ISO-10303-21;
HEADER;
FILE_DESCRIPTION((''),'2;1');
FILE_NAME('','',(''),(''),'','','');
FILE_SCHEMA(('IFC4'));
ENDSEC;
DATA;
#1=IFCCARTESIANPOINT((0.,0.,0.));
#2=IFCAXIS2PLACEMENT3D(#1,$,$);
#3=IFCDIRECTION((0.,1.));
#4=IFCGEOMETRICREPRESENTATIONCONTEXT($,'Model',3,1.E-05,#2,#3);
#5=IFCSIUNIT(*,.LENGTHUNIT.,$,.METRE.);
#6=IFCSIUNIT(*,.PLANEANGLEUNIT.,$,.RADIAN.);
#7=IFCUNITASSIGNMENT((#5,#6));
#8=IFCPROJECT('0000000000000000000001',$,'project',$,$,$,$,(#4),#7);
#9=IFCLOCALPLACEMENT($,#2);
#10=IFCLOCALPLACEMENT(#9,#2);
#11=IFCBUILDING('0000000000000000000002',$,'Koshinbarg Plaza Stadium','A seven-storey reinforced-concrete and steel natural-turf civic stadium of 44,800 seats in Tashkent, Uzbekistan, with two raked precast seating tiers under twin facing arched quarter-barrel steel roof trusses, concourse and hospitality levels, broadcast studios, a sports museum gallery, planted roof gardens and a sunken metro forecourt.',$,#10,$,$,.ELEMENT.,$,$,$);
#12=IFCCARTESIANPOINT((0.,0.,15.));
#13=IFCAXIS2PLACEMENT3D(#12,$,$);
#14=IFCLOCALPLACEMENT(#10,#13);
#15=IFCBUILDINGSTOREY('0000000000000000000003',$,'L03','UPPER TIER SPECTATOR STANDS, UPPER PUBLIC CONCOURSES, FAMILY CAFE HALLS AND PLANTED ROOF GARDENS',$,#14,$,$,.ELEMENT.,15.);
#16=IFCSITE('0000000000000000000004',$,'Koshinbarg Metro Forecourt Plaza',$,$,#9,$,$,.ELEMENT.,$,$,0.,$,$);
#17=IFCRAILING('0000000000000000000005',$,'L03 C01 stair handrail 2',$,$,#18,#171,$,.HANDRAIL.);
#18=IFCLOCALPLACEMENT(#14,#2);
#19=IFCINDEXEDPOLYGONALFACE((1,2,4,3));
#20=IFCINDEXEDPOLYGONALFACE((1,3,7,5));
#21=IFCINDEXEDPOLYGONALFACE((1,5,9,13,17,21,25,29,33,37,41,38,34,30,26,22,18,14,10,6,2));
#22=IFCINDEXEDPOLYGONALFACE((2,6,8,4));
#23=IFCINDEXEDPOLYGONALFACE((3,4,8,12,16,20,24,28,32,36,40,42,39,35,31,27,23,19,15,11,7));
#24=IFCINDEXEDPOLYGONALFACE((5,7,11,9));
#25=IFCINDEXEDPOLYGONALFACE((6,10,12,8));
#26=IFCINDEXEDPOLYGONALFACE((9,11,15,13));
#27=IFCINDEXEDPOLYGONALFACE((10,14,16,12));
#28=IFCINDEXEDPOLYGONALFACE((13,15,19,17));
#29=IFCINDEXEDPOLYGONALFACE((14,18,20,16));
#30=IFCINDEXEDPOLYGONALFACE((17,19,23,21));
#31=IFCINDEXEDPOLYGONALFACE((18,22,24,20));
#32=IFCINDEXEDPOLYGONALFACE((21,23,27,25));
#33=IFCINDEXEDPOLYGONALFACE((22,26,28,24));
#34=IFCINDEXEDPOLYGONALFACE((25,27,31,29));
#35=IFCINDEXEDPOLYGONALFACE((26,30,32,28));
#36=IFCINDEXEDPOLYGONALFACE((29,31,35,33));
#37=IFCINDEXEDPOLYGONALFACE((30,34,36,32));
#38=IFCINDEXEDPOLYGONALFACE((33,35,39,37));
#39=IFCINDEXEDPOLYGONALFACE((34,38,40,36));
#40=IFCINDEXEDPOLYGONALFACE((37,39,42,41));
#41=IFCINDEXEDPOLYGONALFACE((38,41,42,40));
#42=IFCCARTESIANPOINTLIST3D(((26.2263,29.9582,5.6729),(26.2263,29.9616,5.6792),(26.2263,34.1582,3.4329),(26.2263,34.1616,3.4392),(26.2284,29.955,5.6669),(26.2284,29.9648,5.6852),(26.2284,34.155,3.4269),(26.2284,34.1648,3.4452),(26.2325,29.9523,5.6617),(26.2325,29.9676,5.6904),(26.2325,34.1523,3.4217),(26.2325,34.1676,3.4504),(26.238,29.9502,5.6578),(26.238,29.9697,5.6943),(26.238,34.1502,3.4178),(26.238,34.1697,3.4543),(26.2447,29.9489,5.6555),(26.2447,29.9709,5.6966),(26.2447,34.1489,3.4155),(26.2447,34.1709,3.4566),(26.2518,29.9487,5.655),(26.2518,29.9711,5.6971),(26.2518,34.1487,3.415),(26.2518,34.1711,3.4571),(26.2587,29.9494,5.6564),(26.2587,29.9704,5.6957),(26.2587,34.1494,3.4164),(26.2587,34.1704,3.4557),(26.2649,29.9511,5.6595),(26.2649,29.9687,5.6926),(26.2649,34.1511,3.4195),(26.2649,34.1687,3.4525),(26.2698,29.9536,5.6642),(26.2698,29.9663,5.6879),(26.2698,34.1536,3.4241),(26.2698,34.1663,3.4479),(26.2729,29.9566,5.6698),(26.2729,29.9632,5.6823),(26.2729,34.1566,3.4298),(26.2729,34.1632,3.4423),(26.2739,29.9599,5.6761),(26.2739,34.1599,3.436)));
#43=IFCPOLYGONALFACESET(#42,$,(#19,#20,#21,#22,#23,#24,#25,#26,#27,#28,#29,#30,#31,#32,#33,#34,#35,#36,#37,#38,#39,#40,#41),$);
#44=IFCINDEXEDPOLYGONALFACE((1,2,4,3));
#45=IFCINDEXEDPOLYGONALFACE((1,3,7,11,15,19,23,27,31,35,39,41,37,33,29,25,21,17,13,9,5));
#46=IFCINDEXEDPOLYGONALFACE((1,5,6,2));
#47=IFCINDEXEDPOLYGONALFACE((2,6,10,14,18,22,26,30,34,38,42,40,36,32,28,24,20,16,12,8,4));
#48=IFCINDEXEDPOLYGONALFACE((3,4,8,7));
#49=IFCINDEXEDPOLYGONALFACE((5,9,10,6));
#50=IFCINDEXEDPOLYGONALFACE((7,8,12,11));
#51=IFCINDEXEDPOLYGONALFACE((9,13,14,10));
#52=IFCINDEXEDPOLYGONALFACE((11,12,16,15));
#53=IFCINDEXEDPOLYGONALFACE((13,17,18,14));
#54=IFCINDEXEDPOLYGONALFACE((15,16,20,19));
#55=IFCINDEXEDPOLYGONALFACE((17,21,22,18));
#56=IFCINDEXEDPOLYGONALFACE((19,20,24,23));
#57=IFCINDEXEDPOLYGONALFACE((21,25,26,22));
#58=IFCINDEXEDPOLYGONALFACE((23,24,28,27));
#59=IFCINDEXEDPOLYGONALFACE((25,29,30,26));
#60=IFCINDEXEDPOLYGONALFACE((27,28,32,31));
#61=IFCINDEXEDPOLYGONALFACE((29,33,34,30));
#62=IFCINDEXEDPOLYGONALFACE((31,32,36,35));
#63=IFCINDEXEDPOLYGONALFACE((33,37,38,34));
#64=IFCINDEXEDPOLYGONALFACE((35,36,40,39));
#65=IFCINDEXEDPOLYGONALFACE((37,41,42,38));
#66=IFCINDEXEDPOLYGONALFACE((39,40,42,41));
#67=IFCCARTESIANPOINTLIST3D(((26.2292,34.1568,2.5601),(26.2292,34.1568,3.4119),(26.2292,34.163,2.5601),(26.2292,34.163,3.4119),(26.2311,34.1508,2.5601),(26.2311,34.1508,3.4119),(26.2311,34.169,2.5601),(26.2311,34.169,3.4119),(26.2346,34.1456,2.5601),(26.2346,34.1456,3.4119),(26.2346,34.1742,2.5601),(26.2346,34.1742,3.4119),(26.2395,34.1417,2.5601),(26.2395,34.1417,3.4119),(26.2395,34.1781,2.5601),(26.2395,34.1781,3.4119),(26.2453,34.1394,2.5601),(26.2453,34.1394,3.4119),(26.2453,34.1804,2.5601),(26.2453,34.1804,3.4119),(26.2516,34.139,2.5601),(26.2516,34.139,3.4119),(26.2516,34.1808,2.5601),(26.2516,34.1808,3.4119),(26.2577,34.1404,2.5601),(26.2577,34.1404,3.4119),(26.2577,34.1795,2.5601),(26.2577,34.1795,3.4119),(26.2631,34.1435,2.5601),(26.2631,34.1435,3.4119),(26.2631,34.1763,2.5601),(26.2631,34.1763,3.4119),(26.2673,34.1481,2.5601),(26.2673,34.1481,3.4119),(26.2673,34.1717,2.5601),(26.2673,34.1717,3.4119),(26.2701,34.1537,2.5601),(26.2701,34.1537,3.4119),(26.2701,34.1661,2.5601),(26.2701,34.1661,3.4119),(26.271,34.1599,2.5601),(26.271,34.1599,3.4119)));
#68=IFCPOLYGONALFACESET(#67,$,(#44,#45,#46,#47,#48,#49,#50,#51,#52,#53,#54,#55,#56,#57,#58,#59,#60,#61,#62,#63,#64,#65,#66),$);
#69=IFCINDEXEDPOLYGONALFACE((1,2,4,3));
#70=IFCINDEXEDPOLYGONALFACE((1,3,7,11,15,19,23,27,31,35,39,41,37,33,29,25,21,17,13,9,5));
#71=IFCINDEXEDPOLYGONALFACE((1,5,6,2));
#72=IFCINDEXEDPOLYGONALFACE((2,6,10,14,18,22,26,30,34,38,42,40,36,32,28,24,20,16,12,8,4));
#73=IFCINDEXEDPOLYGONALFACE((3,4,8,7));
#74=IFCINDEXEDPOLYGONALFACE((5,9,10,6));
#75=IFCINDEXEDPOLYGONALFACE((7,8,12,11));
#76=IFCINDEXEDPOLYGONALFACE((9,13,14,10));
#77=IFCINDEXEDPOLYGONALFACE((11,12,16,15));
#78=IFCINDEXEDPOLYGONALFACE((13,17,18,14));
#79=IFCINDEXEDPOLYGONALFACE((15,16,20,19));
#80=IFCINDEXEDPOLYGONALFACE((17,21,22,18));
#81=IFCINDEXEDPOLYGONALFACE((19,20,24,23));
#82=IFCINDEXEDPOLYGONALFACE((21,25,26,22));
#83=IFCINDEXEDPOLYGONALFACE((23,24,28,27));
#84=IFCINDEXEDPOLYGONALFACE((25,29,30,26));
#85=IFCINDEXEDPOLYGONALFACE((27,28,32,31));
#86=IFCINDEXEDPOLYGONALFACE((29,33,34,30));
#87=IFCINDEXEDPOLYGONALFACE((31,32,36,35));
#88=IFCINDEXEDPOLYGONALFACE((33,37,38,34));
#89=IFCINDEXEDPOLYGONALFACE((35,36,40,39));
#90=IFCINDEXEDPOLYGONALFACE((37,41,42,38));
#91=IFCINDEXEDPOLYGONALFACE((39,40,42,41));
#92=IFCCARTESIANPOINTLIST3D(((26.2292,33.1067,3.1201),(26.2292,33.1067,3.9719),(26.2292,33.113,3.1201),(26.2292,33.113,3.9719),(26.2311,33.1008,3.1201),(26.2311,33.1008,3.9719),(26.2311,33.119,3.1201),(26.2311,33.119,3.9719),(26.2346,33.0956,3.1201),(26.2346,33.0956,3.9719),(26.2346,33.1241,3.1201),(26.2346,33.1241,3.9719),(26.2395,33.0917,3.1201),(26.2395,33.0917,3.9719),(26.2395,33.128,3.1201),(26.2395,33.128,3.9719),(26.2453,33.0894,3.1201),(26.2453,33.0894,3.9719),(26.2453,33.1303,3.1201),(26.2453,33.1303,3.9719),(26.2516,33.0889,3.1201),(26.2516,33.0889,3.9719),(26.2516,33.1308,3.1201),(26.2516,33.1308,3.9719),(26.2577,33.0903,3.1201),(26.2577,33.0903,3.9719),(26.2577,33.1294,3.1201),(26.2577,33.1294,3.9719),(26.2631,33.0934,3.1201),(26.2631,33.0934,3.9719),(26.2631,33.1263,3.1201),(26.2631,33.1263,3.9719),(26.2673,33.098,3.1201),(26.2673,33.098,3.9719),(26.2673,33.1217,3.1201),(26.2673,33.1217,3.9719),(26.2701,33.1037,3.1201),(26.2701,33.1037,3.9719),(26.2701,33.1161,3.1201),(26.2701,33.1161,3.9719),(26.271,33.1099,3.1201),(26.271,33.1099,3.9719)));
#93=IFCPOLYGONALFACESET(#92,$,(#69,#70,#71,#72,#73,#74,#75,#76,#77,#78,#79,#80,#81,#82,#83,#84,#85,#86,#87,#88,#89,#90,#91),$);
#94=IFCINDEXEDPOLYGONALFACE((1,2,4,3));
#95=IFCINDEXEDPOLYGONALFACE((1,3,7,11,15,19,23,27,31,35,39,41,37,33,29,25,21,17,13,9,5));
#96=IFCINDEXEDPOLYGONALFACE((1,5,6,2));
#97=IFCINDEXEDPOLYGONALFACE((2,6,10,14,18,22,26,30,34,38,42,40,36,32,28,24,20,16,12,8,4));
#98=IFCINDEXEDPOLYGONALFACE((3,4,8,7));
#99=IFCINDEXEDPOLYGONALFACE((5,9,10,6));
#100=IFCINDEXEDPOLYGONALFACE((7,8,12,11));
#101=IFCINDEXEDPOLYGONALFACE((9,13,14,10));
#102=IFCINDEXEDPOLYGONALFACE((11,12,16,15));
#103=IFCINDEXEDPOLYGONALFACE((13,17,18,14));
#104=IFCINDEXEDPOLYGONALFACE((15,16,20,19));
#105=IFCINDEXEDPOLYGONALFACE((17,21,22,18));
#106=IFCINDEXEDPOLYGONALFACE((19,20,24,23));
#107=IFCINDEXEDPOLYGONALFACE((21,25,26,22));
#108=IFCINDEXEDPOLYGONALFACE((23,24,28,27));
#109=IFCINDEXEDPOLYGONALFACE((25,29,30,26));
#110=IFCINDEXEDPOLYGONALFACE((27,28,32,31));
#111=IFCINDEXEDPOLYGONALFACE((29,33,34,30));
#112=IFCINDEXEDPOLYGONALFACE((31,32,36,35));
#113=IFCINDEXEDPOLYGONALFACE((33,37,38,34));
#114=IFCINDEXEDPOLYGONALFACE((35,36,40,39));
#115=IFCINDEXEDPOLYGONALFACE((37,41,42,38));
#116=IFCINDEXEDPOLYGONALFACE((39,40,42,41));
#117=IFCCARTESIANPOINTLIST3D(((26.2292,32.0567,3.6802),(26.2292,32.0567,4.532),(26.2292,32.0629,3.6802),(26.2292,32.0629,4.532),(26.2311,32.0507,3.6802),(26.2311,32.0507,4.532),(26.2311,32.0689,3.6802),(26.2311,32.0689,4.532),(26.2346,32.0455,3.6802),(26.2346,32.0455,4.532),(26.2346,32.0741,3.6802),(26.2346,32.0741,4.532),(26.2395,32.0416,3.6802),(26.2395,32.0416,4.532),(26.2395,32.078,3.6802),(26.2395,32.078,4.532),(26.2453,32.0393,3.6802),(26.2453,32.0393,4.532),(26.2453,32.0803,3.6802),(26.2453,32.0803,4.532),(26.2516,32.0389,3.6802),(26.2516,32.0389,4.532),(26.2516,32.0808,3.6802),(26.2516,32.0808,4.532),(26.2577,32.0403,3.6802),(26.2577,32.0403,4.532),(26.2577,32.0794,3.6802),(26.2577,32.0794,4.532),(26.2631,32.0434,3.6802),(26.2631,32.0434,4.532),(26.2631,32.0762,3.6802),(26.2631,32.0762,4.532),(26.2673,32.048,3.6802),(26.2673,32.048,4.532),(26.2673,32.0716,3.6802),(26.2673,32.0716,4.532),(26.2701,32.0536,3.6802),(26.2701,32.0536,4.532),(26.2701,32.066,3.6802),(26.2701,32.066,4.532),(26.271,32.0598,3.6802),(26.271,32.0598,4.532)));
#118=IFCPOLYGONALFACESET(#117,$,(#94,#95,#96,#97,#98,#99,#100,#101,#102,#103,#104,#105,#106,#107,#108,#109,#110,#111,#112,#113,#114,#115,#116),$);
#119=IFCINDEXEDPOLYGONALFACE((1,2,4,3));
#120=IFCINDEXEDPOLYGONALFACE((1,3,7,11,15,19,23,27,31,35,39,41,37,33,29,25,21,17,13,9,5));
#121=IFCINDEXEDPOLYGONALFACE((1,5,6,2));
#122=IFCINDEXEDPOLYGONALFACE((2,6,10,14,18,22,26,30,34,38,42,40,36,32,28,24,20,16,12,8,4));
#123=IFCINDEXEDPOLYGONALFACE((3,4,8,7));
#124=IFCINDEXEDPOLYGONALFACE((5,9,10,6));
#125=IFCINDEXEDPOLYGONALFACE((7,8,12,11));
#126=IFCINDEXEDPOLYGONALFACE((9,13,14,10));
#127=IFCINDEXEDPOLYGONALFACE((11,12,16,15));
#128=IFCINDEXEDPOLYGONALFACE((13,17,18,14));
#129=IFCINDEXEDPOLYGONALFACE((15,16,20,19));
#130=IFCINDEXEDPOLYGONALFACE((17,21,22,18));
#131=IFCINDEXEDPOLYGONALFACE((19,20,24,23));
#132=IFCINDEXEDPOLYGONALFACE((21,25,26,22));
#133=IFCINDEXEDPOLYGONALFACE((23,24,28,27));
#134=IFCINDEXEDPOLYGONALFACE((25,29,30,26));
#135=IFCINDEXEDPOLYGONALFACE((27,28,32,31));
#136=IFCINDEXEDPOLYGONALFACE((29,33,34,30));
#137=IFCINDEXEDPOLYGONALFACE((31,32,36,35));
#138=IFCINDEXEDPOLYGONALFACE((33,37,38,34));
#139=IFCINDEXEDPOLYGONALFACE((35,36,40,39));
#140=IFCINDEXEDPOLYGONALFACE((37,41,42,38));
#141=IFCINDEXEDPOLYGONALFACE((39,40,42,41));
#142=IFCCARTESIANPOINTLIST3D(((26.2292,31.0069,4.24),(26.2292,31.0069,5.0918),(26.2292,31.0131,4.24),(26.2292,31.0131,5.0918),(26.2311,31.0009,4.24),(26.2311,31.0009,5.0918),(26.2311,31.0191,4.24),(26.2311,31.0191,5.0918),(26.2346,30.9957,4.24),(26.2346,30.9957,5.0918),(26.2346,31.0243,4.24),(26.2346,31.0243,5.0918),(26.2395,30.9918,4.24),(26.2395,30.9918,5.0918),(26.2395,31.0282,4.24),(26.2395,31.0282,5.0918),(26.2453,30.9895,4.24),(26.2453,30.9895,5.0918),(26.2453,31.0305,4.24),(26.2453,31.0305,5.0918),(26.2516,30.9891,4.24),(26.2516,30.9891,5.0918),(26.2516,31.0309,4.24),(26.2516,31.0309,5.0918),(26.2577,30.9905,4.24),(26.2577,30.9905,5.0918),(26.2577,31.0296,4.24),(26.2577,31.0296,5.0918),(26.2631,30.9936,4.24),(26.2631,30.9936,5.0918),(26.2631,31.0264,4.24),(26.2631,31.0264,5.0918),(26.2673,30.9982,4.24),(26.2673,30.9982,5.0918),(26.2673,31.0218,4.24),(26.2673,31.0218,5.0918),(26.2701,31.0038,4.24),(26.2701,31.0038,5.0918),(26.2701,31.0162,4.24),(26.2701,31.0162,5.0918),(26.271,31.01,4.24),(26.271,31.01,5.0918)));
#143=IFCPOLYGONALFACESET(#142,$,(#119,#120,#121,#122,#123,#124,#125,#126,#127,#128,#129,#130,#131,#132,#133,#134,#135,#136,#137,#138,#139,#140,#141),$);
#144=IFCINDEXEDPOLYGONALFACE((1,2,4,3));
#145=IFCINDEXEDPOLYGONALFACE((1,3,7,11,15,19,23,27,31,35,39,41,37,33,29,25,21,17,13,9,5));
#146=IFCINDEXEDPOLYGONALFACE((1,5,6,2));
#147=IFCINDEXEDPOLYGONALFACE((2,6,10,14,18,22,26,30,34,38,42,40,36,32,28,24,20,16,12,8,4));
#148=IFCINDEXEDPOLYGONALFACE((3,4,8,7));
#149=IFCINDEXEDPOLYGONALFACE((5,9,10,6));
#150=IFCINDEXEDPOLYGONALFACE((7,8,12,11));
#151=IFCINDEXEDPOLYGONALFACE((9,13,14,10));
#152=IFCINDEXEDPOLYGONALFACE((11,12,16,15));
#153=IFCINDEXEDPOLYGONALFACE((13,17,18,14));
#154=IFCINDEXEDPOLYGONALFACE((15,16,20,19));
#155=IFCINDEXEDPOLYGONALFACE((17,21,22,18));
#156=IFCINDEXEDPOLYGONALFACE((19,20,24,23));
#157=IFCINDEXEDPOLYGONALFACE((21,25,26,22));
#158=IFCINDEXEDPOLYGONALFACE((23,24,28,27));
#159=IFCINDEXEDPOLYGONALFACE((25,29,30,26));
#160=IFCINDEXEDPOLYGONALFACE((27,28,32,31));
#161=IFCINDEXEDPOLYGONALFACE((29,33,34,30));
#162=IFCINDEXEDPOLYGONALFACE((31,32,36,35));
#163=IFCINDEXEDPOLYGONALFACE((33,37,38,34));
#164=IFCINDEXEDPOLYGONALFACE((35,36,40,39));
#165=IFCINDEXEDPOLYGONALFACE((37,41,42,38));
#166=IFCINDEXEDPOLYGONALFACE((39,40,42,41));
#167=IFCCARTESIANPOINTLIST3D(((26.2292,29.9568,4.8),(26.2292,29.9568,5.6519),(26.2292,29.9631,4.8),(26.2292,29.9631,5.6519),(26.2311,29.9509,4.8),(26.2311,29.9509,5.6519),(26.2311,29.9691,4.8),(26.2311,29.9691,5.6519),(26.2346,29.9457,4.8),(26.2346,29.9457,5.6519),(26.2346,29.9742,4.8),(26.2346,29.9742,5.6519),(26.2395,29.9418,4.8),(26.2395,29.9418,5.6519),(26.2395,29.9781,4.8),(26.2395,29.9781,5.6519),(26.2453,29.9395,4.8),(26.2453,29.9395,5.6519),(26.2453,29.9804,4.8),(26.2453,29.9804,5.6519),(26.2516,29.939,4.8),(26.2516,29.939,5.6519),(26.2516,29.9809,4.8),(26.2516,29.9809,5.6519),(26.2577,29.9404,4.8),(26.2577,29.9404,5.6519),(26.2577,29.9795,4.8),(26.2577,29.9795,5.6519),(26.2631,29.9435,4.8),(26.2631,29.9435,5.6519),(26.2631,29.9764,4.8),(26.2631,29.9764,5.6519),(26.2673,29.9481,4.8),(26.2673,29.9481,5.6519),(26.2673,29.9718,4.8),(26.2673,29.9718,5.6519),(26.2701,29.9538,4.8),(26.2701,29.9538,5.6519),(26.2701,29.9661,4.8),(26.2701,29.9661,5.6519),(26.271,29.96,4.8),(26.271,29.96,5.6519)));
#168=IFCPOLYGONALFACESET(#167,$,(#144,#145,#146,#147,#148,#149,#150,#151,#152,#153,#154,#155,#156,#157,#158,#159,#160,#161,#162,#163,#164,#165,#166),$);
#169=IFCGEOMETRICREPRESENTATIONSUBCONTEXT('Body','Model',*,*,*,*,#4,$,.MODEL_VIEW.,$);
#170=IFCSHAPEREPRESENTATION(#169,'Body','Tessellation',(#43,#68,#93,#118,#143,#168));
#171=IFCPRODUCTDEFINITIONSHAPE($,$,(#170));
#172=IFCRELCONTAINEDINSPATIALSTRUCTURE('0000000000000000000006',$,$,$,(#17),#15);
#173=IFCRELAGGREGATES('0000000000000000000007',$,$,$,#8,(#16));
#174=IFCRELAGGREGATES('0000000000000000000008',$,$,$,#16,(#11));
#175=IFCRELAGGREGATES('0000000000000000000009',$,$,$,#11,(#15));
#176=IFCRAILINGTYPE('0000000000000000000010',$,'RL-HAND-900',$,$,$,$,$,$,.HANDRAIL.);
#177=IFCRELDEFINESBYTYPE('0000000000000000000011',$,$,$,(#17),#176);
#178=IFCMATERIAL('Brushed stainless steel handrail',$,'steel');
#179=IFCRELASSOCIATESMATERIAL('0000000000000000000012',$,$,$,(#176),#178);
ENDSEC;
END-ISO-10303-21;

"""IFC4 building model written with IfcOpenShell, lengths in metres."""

from ifc_helpers import new_model, si_unit, direction, frame, origin, origin_2d, place, context, subcontext, project, spatial, circle, extrude, material, type_object, element, save


model = new_model("IFC4")

# Units and contexts
model_context = context("Model", 3, precision=1e-05, world=origin(), true_north=direction((0.0, 1.0)))
body_context = subcontext(model_context, "Body", "Model", "MODEL_VIEW")
ifc_project = project(units=[si_unit("LENGTHUNIT", "METRE"), si_unit("PLANEANGLEUNIT", "RADIAN")], contexts=[model_context])

# Site, building, storey
site_placement = place(None, origin())
site = spatial("IfcSite", under=ifc_project, at=site_placement, Name="Koshinbarg Metro Forecourt Plaza", CompositionType="ELEMENT", RefElevation=0.0)
building_placement = place(site_placement, origin())
building = spatial("IfcBuilding", under=site, at=building_placement, Name="Koshinbarg Plaza Stadium", Description="A seven-storey reinforced-concrete and steel natural-turf civic stadium of 44,800 seats in Tashkent, Uzbekistan, with two raked precast seating tiers under twin facing arched quarter-barrel steel roof trusses, concourse and hospitality levels, broadcast studios, a sports museum gallery, planted roof gardens and a sunken metro forecourt.", CompositionType="ELEMENT")
storey_placement = place(building_placement, frame((0.0, 0.0, 15.0)))
storey = spatial("IfcBuildingStorey", under=building, at=storey_placement, Name="L03", Description="UPPER TIER SPECTATOR STANDS, UPPER PUBLIC CONCOURSES, FAMILY CAFE HALLS AND PLANTED ROOF GARDENS", CompositionType="ELEMENT", Elevation=15.0)

# Railing
ifc_material_1 = material(Name="Brushed stainless steel handrail", Category="steel")
railing_type_1 = type_object("IfcRailingType", Name="RL-HAND-900", PredefinedType="HANDRAIL", material=ifc_material_1)
railing_1_placement = place(storey_placement, frame((26.25, 34.1599, 2.5601)))
element("IfcRailing", 1, at=railing_1_placement, inside=storey, type_object=railing_type_1, Name="L03 C01 stair handrail 2", PredefinedType="HANDRAIL", context=body_context, shape_type="SweptSolid", body=[
    extrude(circle(Radius=0.0239, at=origin_2d()), frame((0.0, 0.0, 0.876), z_axis=(0.0, -0.882352, 0.470591), x_axis=(1.0, 0.0, 0.0)), (0.0, 0.0, 1.0), 4.76),
    extrude(circle(Radius=0.021, at=origin_2d()), origin(), (0.0, 0.0, 1.0), 0.8518),
    extrude(circle(Radius=0.021, at=origin_2d()), frame((0.0, -1.05, 0.5601)), (0.0, 0.0, 1.0), 0.8518),
    extrude(circle(Radius=0.021, at=origin_2d()), frame((0.0, -2.1001, 1.1201)), (0.0, 0.0, 1.0), 0.8518),
    extrude(circle(Radius=0.021, at=origin_2d()), frame((0.0, -3.1499, 1.6799)), (0.0, 0.0, 1.0), 0.8518),
    extrude(circle(Radius=0.021, at=origin_2d()), frame((0.0, -4.2, 2.24)), (0.0, 0.0, 1.0), 0.8518),
])

save(model, "model.ifc")
